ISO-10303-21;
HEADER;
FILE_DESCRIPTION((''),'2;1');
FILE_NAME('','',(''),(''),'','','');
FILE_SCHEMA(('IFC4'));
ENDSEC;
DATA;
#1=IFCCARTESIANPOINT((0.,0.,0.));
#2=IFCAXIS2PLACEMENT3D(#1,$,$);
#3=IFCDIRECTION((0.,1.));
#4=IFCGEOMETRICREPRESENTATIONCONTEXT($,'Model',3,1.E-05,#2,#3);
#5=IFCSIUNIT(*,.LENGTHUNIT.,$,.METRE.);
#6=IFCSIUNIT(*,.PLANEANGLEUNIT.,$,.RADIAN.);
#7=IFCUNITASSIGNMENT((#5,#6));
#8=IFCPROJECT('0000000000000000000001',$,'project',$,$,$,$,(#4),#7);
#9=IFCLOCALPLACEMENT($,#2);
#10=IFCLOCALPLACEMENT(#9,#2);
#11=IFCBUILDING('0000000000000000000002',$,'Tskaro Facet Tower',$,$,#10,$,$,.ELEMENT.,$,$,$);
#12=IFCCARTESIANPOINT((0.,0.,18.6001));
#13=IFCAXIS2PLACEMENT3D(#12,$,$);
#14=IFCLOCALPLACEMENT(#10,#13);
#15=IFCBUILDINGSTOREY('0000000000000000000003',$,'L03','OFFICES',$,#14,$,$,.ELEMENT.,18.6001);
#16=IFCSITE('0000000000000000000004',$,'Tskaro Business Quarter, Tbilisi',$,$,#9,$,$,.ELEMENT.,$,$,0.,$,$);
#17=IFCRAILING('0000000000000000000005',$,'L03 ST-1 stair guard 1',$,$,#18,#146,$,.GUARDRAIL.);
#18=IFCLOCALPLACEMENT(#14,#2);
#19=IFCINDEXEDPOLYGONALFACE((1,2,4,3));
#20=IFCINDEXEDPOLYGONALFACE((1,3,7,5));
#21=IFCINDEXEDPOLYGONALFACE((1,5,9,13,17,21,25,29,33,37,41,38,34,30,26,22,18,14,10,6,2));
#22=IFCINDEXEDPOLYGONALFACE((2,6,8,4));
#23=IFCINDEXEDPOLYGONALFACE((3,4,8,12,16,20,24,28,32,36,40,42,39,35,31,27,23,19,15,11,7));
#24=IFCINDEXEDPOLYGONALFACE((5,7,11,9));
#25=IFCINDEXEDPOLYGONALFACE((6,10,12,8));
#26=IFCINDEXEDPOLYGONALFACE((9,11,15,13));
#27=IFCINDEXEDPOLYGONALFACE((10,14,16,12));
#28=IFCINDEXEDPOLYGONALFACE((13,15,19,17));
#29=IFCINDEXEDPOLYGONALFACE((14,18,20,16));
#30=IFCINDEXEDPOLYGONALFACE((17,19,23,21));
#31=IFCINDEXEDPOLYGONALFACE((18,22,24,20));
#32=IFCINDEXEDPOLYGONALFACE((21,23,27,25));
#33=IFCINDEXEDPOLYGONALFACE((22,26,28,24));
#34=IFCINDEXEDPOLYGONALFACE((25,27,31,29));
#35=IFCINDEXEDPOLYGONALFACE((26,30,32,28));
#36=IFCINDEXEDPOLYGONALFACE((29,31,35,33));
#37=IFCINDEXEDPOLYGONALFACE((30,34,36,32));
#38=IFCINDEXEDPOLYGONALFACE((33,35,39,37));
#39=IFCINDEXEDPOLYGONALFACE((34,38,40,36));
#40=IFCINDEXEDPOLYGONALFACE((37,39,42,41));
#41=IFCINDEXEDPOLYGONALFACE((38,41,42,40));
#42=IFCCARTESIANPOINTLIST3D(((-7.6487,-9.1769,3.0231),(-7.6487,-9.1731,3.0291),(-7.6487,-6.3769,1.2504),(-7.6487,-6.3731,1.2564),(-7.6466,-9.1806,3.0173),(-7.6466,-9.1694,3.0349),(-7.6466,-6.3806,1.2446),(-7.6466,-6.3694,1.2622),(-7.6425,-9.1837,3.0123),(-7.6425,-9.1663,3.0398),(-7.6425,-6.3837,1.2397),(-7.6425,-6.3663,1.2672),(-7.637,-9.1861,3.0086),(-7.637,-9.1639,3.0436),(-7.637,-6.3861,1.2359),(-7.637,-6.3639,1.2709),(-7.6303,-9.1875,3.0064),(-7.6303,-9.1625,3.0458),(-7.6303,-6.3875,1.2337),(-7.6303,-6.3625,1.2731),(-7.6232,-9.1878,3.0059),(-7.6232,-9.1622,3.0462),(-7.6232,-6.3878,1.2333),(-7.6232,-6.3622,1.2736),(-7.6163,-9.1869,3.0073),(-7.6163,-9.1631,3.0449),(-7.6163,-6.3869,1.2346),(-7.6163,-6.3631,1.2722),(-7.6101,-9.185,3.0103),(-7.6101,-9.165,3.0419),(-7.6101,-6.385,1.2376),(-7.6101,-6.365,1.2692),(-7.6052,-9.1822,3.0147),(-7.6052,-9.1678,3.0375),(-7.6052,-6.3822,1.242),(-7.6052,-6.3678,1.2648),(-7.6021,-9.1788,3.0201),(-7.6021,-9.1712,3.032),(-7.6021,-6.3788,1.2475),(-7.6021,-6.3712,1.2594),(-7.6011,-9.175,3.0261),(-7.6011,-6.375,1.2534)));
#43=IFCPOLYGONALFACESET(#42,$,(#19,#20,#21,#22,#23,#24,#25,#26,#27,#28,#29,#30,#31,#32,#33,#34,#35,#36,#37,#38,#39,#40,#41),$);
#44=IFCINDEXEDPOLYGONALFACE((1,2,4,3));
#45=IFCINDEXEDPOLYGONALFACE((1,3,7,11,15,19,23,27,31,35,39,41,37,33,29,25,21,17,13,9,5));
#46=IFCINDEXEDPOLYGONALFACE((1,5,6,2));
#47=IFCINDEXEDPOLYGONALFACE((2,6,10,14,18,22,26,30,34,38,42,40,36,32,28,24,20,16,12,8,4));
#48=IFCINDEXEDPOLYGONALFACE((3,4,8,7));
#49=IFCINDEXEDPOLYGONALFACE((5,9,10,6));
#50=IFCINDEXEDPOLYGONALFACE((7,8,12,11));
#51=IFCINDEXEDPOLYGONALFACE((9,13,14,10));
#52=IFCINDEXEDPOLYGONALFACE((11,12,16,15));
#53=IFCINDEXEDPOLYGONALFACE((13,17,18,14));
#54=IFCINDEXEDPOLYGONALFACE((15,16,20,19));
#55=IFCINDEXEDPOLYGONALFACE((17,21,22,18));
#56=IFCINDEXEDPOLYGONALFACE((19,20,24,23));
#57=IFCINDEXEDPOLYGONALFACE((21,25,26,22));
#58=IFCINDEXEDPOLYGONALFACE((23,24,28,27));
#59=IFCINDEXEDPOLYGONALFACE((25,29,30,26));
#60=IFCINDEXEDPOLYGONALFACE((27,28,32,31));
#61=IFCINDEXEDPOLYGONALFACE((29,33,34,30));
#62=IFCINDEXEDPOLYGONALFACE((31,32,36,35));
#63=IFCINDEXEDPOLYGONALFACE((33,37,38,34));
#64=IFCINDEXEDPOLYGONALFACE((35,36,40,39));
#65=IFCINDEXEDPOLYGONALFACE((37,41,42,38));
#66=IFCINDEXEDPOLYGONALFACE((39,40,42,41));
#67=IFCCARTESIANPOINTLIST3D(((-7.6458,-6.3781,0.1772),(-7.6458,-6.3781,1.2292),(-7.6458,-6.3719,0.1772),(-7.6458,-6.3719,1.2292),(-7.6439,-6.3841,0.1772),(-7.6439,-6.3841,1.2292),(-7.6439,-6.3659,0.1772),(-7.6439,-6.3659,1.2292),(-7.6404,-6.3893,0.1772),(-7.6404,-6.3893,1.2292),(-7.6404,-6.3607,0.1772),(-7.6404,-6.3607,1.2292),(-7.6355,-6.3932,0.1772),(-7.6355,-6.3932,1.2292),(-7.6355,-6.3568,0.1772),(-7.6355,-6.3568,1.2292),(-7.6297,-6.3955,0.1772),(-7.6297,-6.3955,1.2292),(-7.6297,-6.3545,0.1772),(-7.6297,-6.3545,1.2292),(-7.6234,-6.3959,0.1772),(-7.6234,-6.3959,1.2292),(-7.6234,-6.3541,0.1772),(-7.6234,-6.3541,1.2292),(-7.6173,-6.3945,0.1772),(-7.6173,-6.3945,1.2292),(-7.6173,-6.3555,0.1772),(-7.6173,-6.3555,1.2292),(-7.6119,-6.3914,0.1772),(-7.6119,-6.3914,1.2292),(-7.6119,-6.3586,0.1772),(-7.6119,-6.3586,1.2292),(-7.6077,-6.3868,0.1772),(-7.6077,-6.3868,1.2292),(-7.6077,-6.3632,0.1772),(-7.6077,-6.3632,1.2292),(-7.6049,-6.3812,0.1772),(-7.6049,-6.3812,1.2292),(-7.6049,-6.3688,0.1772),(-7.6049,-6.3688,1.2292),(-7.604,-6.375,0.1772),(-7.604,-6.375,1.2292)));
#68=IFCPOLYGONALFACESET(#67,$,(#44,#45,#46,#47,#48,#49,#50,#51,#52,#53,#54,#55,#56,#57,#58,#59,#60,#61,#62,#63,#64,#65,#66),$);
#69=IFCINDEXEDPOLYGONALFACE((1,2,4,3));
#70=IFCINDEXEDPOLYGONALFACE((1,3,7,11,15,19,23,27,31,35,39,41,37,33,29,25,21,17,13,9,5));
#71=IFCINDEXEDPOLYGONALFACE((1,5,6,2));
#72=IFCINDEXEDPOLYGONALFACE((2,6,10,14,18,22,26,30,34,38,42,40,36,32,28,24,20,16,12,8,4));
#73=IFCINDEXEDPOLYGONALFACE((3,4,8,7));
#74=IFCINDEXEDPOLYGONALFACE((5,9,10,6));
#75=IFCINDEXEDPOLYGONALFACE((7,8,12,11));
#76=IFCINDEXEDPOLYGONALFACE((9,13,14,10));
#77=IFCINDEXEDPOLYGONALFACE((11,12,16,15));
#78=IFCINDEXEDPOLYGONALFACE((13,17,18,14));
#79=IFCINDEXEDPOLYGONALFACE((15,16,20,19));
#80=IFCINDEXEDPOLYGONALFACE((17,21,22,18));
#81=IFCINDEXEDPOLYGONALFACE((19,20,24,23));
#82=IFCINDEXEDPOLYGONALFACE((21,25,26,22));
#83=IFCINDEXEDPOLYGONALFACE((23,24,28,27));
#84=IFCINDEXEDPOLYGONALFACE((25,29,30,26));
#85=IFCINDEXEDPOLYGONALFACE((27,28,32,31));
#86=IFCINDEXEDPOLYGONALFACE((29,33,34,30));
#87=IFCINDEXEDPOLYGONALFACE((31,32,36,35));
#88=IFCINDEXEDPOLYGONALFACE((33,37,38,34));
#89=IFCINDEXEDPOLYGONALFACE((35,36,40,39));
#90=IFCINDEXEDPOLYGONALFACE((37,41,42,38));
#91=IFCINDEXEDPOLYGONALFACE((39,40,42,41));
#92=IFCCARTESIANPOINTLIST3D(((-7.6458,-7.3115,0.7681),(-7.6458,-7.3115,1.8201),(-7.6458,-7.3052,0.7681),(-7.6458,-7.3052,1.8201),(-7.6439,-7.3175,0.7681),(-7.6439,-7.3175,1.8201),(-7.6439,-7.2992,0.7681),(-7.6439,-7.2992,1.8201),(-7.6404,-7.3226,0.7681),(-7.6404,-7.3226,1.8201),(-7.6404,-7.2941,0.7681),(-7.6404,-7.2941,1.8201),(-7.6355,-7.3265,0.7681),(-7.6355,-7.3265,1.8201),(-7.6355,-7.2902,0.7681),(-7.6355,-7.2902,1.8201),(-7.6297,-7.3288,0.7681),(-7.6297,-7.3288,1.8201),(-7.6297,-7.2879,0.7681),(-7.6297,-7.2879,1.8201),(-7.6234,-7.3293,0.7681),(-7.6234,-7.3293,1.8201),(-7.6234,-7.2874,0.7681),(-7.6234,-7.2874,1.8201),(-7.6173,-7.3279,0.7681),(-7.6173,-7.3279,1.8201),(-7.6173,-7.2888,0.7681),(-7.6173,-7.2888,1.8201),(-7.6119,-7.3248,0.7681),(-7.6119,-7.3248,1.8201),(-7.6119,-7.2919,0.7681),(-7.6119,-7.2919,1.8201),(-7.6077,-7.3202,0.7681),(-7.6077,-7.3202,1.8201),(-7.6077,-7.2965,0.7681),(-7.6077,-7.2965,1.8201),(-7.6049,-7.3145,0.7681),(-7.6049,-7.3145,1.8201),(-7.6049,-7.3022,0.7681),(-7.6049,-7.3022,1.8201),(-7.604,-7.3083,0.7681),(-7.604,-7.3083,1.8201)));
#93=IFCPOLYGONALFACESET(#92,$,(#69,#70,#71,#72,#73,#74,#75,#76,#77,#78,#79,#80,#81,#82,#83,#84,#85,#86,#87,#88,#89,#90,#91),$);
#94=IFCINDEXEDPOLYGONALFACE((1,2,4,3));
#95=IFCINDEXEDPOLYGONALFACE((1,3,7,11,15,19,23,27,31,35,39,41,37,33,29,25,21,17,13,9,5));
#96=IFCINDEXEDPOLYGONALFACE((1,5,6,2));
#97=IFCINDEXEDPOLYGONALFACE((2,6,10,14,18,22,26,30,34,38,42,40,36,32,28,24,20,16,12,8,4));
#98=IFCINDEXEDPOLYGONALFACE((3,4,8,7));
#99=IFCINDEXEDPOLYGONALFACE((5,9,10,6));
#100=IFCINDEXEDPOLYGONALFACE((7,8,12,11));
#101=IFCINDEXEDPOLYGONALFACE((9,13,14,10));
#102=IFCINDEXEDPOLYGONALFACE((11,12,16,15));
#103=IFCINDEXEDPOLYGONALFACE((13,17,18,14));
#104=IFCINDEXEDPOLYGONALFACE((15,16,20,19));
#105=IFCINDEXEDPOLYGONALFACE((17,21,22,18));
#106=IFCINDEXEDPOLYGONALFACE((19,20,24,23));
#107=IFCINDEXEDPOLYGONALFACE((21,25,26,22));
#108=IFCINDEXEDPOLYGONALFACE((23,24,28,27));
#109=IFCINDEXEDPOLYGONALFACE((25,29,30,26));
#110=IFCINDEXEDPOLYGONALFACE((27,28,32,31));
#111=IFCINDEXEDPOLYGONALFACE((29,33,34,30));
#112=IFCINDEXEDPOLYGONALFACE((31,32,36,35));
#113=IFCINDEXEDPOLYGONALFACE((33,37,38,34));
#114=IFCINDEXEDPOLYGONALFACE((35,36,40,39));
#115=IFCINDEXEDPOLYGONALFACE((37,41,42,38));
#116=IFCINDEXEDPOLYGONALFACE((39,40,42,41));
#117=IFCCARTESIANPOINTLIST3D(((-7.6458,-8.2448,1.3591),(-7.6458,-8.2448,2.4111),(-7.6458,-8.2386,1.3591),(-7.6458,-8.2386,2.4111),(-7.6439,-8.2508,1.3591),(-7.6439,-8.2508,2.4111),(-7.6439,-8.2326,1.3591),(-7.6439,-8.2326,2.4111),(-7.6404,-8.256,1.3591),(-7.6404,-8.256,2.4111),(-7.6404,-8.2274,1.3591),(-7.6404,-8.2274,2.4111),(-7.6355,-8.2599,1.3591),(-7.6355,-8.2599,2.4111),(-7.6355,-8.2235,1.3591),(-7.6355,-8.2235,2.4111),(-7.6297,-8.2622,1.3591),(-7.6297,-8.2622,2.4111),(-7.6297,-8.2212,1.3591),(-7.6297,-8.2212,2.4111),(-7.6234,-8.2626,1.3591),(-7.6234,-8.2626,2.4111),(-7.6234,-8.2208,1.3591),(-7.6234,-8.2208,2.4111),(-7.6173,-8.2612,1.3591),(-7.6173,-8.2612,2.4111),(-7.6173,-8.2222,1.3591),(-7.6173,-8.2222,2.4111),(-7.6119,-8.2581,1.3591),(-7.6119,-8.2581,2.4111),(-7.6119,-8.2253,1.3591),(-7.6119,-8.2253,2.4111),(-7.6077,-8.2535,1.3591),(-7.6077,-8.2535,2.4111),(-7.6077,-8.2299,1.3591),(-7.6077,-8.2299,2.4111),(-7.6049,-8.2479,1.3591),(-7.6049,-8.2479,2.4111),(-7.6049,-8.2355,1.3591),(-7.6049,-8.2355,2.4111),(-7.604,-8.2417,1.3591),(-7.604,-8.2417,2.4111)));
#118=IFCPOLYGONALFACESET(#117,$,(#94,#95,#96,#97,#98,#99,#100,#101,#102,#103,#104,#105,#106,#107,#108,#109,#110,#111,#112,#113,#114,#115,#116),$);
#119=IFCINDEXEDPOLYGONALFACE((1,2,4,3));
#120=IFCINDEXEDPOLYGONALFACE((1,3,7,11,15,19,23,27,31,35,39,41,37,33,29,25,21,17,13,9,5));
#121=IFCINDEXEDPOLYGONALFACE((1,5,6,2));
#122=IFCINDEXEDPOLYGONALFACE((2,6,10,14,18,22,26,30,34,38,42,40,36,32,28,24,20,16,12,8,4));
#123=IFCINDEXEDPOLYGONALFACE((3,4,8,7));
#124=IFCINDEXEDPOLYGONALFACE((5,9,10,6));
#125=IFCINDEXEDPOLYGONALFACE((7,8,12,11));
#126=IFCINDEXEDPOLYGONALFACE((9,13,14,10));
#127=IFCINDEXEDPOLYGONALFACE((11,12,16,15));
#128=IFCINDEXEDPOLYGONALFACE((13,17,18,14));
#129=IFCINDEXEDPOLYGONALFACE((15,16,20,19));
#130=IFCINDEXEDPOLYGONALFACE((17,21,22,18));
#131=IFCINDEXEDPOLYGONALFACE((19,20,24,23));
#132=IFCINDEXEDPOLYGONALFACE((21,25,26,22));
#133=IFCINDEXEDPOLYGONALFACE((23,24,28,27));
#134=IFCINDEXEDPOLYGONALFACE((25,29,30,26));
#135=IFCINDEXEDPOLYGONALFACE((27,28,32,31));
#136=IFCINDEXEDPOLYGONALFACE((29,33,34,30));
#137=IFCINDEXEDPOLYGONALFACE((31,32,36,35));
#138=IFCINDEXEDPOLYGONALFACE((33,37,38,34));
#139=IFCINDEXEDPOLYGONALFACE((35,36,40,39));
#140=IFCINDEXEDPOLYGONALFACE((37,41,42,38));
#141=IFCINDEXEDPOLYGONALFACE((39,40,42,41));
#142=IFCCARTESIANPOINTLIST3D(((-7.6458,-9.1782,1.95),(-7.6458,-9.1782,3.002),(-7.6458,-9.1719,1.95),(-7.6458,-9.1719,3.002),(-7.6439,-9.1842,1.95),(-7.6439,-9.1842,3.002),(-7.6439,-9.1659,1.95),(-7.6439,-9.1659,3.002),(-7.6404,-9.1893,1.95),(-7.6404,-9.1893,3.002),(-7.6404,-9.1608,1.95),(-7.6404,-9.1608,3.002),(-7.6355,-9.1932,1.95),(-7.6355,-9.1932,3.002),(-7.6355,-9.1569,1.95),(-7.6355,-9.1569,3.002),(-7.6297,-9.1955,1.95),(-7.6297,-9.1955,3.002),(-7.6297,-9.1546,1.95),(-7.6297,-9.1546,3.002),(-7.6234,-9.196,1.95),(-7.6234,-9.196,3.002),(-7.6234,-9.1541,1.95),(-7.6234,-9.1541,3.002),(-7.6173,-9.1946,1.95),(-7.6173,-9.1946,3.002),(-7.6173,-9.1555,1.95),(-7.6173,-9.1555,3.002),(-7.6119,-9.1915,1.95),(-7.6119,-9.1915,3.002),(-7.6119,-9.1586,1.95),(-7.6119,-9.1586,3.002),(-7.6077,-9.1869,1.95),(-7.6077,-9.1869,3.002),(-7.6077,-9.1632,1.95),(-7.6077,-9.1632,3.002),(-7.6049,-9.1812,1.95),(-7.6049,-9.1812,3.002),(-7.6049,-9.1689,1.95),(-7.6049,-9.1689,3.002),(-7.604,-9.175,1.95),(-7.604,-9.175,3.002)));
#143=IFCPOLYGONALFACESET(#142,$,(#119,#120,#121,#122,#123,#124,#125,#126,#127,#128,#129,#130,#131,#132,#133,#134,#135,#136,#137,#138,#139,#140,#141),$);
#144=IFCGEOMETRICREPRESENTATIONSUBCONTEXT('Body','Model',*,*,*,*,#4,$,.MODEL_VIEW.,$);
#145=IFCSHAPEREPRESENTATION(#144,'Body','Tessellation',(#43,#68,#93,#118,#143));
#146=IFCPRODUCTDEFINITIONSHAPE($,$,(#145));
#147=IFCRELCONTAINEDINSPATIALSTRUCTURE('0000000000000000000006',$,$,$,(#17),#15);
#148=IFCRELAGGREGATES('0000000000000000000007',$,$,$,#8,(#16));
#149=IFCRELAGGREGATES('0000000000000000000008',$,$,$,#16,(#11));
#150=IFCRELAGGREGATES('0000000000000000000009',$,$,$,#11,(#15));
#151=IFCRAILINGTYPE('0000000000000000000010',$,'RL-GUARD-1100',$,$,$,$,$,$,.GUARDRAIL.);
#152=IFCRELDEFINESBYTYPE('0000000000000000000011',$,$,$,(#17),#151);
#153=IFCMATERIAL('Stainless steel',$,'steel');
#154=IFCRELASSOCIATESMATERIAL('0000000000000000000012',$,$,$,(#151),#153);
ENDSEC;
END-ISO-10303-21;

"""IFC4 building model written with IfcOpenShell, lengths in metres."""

from ifc_helpers import new_model, si_unit, direction, frame, origin, origin_2d, place, context, subcontext, project, spatial, circle, extrude, material, type_object, element, save


model = new_model("IFC4")

# Units and contexts
model_context = context("Model", 3, precision=1e-05, world=origin(), true_north=direction((0.0, 1.0)))
body_context = subcontext(model_context, "Body", "Model", "MODEL_VIEW")
ifc_project = project(units=[si_unit("LENGTHUNIT", "METRE"), si_unit("PLANEANGLEUNIT", "RADIAN")], contexts=[model_context])

# Site, building, storey
site_placement = place(None, origin())
site = spatial("IfcSite", under=ifc_project, at=site_placement, Name="Tskaro Business Quarter, Tbilisi", CompositionType="ELEMENT", RefElevation=0.0)
building_placement = place(site_placement, origin())
building = spatial("IfcBuilding", under=site, at=building_placement, Name="Tskaro Facet Tower", CompositionType="ELEMENT")
storey_placement = place(building_placement, frame((0.0, 0.0, 18.6001)))
storey = spatial("IfcBuildingStorey", under=building, at=storey_placement, Name="L03", Description="OFFICES", CompositionType="ELEMENT", Elevation=18.6001)

# Shared definitions
ifc_material_1 = material(Name="Stainless steel", Category="steel")

# Railing
railing_type_1 = type_object("IfcRailingType", Name="RL-GUARD-1100", PredefinedType="GUARDRAIL", material=ifc_material_1)
railing_1_placement = place(storey_placement, frame((-7.625, -6.375, 0.1772)))
element("IfcRailing", 1, at=railing_1_placement, inside=storey, type_object=railing_type_1, Name="L03 ST-1 stair guard 1", PredefinedType="GUARDRAIL", context=body_context, shape_type="SweptSolid", body=[
    extrude(circle(Radius=0.0239, at=origin_2d()), frame((0.0, 0.0, 1.0762), z_axis=(0.0, -0.844909, 0.53491), x_axis=(1.0, 0.0, 0.0)), (0.0, 0.0, 1.0), 3.314),
    extrude(circle(Radius=0.021, at=origin_2d()), origin(), (0.0, 0.0, 1.0), 1.052),
    extrude(circle(Radius=0.021, at=origin_2d()), frame((0.0, -0.9333, 0.5908)), (0.0, 0.0, 1.0), 1.052),
    extrude(circle(Radius=0.021, at=origin_2d()), frame((0.0, -1.8667, 1.1819)), (0.0, 0.0, 1.0), 1.052),
    extrude(circle(Radius=0.021, at=origin_2d()), frame((0.0, -2.8, 1.7727)), (0.0, 0.0, 1.0), 1.052),
])

save(model, "model.ifc")
